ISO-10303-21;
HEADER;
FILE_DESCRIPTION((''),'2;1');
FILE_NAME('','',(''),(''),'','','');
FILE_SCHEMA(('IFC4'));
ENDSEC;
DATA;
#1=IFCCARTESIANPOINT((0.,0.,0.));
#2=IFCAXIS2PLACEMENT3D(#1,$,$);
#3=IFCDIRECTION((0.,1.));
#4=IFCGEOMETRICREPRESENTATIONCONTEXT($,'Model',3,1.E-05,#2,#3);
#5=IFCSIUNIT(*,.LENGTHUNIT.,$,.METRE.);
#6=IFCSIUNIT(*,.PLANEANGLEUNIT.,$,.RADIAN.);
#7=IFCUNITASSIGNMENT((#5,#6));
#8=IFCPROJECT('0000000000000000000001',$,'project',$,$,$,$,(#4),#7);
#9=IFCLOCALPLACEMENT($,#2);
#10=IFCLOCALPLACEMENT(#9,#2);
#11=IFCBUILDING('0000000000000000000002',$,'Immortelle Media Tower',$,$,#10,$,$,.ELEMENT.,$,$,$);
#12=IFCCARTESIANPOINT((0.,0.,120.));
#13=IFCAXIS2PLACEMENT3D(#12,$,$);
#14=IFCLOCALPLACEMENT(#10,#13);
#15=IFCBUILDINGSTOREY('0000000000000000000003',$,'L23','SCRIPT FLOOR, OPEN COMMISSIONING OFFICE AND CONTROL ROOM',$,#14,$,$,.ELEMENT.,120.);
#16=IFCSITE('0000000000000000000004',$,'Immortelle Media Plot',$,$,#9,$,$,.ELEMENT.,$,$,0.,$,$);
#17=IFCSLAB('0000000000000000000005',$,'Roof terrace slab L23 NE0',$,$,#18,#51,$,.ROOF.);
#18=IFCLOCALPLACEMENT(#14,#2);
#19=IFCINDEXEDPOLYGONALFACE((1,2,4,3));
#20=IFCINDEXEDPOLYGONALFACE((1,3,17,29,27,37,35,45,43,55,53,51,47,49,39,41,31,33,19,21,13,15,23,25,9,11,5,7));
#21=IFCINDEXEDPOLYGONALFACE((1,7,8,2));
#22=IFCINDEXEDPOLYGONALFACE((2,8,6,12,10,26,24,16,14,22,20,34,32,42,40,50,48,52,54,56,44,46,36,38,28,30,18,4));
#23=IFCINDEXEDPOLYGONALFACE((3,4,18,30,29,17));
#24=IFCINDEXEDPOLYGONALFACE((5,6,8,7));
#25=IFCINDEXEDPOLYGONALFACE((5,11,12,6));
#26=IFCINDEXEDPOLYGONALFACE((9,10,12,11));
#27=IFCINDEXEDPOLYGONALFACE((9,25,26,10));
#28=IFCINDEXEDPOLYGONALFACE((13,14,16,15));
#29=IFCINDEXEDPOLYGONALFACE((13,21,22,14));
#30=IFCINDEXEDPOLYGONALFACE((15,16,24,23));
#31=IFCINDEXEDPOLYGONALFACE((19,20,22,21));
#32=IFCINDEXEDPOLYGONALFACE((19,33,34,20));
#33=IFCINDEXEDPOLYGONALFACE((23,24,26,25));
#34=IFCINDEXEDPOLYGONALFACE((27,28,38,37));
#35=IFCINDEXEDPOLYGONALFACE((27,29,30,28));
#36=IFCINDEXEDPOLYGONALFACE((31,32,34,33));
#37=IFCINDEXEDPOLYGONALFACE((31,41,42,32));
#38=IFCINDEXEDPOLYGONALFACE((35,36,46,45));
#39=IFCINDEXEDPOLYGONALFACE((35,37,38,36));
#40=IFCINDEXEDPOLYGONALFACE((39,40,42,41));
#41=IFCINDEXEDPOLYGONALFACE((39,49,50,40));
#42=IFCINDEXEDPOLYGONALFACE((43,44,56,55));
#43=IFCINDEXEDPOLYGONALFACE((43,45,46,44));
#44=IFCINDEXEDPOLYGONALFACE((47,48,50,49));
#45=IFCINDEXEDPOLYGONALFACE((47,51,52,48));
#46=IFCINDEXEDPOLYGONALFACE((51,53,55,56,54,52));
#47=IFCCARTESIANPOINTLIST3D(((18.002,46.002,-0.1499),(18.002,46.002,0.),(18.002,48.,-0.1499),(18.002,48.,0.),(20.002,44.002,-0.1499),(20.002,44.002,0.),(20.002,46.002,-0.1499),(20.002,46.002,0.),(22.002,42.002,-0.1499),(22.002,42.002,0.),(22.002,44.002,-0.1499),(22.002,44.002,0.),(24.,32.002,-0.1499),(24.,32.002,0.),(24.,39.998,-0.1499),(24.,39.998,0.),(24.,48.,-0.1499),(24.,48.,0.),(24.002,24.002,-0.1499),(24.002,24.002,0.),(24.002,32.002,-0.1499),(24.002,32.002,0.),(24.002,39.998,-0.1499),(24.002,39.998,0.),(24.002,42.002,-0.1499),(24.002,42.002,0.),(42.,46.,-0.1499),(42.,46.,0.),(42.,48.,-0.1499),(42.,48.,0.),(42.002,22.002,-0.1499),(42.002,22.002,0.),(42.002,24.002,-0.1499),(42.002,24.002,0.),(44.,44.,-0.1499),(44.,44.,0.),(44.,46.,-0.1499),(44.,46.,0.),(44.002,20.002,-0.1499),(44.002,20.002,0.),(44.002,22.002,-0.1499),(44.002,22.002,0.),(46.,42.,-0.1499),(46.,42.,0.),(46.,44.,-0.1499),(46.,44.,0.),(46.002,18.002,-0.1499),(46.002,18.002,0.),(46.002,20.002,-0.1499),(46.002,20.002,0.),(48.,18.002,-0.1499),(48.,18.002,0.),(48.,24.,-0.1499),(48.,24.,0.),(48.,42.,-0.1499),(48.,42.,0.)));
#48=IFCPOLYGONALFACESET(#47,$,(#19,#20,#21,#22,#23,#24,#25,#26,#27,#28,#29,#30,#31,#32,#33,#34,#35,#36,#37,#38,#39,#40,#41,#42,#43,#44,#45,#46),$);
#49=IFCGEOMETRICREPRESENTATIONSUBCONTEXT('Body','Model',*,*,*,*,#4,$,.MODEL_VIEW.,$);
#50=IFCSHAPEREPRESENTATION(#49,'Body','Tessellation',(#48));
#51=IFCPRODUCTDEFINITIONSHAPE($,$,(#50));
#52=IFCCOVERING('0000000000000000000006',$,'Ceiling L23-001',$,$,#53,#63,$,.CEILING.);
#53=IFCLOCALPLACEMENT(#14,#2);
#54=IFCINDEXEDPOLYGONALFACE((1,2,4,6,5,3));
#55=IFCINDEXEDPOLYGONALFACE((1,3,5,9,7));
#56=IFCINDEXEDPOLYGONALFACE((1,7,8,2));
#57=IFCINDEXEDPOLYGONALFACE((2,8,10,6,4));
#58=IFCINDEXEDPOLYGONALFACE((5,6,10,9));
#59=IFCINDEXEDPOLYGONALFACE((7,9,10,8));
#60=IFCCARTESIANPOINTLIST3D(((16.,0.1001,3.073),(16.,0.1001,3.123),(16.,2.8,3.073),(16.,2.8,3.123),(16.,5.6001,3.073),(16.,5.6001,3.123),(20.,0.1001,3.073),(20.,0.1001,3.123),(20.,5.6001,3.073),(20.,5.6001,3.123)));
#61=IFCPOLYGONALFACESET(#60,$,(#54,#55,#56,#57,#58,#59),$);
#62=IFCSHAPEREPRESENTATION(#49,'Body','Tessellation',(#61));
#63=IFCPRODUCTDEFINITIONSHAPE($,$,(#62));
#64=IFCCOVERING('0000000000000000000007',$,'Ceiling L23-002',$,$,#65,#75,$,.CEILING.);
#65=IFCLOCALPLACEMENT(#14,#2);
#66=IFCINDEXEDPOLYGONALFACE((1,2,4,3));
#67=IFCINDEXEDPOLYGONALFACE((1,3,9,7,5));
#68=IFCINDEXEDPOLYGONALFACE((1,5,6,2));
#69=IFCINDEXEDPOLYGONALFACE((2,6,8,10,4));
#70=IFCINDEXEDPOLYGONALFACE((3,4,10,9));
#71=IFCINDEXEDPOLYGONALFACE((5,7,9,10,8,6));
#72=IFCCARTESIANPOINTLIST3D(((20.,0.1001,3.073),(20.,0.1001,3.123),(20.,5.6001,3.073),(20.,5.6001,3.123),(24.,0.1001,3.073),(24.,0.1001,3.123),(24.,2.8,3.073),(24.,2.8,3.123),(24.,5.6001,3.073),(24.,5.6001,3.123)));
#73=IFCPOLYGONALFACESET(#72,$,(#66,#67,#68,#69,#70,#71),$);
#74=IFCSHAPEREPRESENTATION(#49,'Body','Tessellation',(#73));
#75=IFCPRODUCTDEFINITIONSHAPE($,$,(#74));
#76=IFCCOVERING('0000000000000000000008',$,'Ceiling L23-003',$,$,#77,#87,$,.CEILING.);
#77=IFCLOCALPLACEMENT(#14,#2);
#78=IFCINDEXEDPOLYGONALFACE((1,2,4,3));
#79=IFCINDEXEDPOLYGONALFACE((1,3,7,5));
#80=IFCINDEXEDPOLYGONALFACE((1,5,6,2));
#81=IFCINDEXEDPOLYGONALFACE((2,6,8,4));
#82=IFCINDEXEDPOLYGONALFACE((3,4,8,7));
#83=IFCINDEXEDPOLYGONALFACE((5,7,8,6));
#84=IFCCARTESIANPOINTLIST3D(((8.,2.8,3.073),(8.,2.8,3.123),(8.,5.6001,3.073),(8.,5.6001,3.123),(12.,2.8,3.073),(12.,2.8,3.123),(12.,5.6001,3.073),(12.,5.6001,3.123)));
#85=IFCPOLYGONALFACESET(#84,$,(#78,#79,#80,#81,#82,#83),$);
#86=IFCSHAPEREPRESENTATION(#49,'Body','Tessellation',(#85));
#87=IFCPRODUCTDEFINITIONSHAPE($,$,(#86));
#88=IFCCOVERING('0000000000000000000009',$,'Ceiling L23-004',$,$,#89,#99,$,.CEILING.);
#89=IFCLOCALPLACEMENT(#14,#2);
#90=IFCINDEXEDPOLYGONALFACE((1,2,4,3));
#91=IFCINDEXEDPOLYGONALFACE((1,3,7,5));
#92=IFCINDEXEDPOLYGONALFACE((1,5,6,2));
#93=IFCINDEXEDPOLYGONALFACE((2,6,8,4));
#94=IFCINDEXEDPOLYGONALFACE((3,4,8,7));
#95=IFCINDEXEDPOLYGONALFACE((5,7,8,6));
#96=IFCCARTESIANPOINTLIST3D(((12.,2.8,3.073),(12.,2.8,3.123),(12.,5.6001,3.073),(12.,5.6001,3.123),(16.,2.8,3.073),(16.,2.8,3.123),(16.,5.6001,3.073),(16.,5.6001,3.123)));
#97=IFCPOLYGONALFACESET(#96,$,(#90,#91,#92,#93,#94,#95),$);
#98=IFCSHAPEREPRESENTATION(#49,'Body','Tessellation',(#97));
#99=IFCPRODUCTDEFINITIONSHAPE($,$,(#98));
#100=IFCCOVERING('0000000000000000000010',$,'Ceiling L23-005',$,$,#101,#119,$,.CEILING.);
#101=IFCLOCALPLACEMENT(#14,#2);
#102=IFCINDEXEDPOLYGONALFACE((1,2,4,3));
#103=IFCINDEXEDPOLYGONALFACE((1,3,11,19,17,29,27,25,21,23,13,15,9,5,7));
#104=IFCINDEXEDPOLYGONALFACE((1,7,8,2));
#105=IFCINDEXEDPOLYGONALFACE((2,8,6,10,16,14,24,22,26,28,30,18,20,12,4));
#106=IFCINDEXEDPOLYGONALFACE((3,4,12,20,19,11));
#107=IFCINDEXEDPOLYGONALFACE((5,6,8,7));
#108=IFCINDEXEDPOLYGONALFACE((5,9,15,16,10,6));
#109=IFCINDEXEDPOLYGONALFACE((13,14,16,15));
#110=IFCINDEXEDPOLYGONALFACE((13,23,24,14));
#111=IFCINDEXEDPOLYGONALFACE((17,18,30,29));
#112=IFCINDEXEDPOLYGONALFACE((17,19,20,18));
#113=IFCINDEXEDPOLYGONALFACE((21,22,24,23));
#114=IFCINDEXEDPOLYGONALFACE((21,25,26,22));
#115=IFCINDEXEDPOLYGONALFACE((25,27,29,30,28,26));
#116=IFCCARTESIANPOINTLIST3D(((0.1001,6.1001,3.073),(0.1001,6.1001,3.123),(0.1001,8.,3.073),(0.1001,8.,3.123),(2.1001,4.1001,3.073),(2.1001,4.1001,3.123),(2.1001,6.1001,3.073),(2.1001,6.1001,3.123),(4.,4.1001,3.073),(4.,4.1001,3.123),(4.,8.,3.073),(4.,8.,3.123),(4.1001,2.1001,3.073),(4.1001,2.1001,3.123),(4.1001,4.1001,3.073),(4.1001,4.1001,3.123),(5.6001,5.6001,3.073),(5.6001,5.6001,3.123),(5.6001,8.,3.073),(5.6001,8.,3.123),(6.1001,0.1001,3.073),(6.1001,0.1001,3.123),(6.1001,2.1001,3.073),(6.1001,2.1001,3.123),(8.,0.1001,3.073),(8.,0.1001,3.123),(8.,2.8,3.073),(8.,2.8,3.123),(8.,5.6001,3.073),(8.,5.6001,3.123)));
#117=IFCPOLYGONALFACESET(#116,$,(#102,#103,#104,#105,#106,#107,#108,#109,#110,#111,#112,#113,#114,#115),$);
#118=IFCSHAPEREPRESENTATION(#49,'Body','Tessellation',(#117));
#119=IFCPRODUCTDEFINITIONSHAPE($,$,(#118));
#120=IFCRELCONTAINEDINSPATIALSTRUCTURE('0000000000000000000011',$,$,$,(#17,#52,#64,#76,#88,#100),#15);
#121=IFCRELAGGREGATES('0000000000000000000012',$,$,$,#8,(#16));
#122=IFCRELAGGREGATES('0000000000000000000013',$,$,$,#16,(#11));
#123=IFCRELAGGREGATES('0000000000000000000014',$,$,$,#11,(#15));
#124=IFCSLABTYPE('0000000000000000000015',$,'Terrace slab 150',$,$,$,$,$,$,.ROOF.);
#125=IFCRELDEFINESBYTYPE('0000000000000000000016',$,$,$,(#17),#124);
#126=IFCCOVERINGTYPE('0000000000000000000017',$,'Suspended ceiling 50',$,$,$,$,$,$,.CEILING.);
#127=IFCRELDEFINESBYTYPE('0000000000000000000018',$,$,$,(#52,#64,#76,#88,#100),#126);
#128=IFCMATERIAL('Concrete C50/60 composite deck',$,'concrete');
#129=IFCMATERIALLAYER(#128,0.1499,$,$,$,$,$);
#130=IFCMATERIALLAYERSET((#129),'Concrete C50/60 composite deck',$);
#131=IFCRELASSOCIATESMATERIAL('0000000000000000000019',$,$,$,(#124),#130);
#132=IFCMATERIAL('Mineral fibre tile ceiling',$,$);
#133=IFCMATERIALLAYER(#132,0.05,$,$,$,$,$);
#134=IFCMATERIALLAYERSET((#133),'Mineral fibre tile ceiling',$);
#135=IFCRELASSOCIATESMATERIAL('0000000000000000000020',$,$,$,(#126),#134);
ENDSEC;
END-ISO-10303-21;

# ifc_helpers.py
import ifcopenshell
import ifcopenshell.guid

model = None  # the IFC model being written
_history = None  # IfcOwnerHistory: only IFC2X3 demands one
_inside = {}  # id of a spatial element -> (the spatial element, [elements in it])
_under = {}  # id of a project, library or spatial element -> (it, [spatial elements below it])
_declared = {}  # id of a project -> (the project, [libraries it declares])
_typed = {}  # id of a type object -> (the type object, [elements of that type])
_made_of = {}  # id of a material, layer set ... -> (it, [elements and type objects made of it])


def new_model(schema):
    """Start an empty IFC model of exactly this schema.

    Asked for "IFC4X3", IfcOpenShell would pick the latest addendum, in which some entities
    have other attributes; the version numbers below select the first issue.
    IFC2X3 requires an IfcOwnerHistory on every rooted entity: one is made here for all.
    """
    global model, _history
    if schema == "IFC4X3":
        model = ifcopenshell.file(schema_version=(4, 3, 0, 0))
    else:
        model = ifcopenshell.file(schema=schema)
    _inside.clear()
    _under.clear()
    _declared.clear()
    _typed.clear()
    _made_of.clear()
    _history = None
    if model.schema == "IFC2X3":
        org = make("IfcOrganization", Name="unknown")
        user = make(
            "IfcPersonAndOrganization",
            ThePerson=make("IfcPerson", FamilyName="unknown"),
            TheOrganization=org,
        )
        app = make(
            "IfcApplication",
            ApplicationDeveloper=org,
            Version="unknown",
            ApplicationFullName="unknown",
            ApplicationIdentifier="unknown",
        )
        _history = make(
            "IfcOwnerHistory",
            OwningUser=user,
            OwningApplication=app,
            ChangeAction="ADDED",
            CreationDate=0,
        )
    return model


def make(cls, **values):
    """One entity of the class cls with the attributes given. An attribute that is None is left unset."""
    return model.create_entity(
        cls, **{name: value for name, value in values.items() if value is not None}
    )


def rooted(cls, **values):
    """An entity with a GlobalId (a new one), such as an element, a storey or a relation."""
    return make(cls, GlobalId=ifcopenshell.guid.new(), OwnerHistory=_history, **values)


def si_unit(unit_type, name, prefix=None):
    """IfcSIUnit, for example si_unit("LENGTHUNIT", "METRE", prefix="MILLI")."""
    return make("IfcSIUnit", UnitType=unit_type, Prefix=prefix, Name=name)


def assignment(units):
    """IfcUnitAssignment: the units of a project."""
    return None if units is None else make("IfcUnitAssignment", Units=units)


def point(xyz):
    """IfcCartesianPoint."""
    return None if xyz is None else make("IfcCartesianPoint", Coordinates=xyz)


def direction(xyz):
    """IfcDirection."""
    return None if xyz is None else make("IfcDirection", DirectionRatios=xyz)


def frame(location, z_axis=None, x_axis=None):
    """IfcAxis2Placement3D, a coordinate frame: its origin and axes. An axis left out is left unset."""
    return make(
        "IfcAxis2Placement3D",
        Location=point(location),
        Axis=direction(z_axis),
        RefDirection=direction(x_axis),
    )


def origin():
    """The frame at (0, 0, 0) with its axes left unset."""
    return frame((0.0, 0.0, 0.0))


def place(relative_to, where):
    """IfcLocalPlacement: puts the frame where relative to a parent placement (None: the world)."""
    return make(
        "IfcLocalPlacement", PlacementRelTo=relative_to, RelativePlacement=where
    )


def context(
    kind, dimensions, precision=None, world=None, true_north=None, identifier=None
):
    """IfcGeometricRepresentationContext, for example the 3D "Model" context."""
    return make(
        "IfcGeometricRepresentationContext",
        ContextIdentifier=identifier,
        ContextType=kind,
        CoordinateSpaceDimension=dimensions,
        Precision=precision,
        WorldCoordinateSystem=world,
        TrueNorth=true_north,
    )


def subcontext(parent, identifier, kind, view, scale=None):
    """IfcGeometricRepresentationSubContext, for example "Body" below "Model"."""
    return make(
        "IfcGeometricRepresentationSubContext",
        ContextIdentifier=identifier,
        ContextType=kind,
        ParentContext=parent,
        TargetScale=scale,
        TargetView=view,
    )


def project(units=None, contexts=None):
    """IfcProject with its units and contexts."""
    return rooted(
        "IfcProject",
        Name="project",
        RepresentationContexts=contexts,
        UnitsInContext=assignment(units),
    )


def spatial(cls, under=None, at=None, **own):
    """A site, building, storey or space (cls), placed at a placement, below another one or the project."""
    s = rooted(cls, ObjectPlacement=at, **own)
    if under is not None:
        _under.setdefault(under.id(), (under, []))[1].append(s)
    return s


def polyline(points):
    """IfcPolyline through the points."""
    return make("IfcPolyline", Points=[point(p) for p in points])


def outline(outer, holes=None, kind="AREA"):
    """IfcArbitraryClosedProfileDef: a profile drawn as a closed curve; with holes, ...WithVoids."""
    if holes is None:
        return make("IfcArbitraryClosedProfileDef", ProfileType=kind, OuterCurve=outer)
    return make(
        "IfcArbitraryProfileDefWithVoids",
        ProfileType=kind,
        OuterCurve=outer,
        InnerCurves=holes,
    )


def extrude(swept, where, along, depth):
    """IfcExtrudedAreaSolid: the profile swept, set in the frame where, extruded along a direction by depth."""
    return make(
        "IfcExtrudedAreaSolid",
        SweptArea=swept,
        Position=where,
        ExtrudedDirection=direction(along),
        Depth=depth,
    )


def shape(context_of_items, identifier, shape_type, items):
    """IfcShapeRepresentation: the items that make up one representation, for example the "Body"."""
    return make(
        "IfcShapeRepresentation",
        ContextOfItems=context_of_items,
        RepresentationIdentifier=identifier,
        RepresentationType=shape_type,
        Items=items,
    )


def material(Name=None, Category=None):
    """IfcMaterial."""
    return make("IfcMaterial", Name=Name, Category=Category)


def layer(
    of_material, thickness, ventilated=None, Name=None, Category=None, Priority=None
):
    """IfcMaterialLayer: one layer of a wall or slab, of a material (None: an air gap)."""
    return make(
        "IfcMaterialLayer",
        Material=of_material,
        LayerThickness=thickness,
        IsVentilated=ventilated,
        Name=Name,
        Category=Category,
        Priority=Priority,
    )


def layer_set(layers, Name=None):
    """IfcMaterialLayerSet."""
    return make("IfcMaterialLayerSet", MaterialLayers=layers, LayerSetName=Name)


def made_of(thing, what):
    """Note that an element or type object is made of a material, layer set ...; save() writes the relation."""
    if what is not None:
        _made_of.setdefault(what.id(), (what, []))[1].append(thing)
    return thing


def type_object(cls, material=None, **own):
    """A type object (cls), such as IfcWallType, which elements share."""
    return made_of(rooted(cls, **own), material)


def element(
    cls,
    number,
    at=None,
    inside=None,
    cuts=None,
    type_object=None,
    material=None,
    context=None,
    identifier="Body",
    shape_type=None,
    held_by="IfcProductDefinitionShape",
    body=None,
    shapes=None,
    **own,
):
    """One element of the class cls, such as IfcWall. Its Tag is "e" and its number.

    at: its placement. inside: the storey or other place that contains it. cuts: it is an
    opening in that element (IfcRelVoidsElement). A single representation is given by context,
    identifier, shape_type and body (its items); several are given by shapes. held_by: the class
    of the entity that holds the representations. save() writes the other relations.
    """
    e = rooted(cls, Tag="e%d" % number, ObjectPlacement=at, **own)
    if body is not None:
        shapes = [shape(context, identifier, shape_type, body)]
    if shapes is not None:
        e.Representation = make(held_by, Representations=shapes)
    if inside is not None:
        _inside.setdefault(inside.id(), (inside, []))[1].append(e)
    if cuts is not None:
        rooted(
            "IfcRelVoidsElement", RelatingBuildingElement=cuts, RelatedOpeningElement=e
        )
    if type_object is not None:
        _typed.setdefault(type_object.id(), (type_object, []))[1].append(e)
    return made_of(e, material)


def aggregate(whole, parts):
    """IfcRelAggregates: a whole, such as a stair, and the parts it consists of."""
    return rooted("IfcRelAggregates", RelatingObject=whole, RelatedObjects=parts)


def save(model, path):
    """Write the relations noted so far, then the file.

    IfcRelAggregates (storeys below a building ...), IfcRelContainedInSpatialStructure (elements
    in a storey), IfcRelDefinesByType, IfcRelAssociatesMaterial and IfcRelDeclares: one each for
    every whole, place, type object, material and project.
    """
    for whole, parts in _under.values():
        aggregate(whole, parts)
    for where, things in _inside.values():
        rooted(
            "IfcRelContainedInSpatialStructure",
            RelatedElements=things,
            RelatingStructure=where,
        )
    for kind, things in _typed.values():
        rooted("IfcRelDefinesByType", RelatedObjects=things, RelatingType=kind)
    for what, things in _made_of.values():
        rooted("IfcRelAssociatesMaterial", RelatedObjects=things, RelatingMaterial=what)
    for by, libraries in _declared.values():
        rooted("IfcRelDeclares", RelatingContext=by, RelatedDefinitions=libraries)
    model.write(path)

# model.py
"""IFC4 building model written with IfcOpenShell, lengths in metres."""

from ifc_helpers import new_model, si_unit, direction, frame, origin, place, context, subcontext, project, spatial, polyline, outline, extrude, material, layer, layer_set, type_object, element, save


model = new_model("IFC4")

# Units and contexts
model_context = context("Model", 3, precision=1e-05, world=origin(), true_north=direction((0.0, 1.0)))
body_context = subcontext(model_context, "Body", "Model", "MODEL_VIEW")
ifc_project = project(units=[si_unit("LENGTHUNIT", "METRE"), si_unit("PLANEANGLEUNIT", "RADIAN")], contexts=[model_context])

# Site, building, storey
site_placement = place(None, origin())
site = spatial("IfcSite", under=ifc_project, at=site_placement, Name="Immortelle Media Plot", CompositionType="ELEMENT", RefElevation=0.0)
building_placement = place(site_placement, origin())
building = spatial("IfcBuilding", under=site, at=building_placement, Name="Immortelle Media Tower", CompositionType="ELEMENT")
storey_placement = place(building_placement, frame((0.0, 0.0, 120.0)))
storey = spatial("IfcBuildingStorey", under=building, at=storey_placement, Name="L23", Description="SCRIPT FLOOR, OPEN COMMISSIONING OFFICE AND CONTROL ROOM", CompositionType="ELEMENT", Elevation=120.0)

# Shared definitions
ifc_material_1 = material(Name="Concrete C50/60 composite deck", Category="concrete")

# Slab
ifc_layer_1 = layer(ifc_material_1, 0.1499)
ifc_layer_set_1 = layer_set([ifc_layer_1], Name="Concrete C50/60 composite deck")
slab_type_1 = type_object("IfcSlabType", Name="Terrace slab 150", PredefinedType="ROOF", material=ifc_layer_set_1)
slab_1_placement = place(storey_placement, frame((0.0, 0.0, -0.1499)))
element("IfcSlab", 1, at=slab_1_placement, inside=storey, type_object=slab_type_1, Name="Roof terrace slab L23 NE0", PredefinedType="ROOF", context=body_context, shape_type="SweptSolid", body=[
    extrude(outline(polyline([(42.0, 48.0), (42.0, 46.0), (44.0, 46.0), (44.0, 44.0), (46.0, 44.0), (46.0, 42.0), (48.0, 42.0), (48.0, 24.0), (48.0, 18.002), (46.002, 18.002), (46.002, 20.002), (44.002, 20.002), (44.002, 22.002), (42.002, 22.002), (42.002, 24.002), (24.002, 24.002), (24.002, 32.002), (24.0, 32.002), (24.0, 39.998), (24.002, 39.998), (24.002, 42.002), (22.002, 42.002), (22.002, 44.002), (20.002, 44.002), (20.002, 46.002), (18.002, 46.002), (18.002, 48.0), (24.0, 48.0), (42.0, 48.0)])), origin(), (0.0, 0.0, 1.0), 0.1499),
])

# Coverings
ifc_material_2 = material(Name="Mineral fibre tile ceiling")
ifc_layer_2 = layer(ifc_material_2, 0.05)
ifc_layer_set_2 = layer_set([ifc_layer_2], Name="Mineral fibre tile ceiling")
covering_type = type_object("IfcCoveringType", Name="Suspended ceiling 50", PredefinedType="CEILING", material=ifc_layer_set_2)
covering_1_placement = place(storey_placement, frame((0.0, 0.0, 3.073)))
element("IfcCovering", 2, at=covering_1_placement, inside=storey, type_object=covering_type, Name="Ceiling L23-001", PredefinedType="CEILING", context=body_context, shape_type="SweptSolid", body=[
    extrude(outline(polyline([(16.0, 2.8), (16.0, 5.6001), (20.0, 5.6001), (20.0, 0.1001), (16.0, 0.1001), (16.0, 2.8)])), origin(), (0.0, 0.0, 1.0), 0.05),
])
covering_2_placement = place(storey_placement, frame((0.0, 0.0, 3.073)))
element("IfcCovering", 3, at=covering_2_placement, inside=storey, type_object=covering_type, Name="Ceiling L23-002", PredefinedType="CEILING", context=body_context, shape_type="SweptSolid", body=[
    extrude(outline(polyline([(24.0, 5.6001), (24.0, 2.8), (24.0, 0.1001), (20.0, 0.1001), (20.0, 5.6001), (24.0, 5.6001)])), origin(), (0.0, 0.0, 1.0), 0.05),
])
covering_3_placement = place(storey_placement, frame((0.0, 0.0, 3.073)))
element("IfcCovering", 4, at=covering_3_placement, inside=storey, type_object=covering_type, Name="Ceiling L23-003", PredefinedType="CEILING", context=body_context, shape_type="SweptSolid", body=[
    extrude(outline(polyline([(8.0, 5.6001), (12.0, 5.6001), (12.0, 2.8), (8.0, 2.8), (8.0, 5.6001)])), origin(), (0.0, 0.0, 1.0), 0.05),
])
covering_4_placement = place(storey_placement, frame((0.0, 0.0, 3.073)))
element("IfcCovering", 5, at=covering_4_placement, inside=storey, type_object=covering_type, Name="Ceiling L23-004", PredefinedType="CEILING", context=body_context, shape_type="SweptSolid", body=[
    extrude(outline(polyline([(16.0, 5.6001), (16.0, 2.8), (12.0, 2.8), (12.0, 5.6001), (16.0, 5.6001)])), origin(), (0.0, 0.0, 1.0), 0.05),
])
covering_5_placement = place(storey_placement, frame((0.0, 0.0, 3.073)))
element("IfcCovering", 6, at=covering_5_placement, inside=storey, type_object=covering_type, Name="Ceiling L23-005", PredefinedType="CEILING", context=body_context, shape_type="SweptSolid", body=[
    extrude(outline(polyline([(4.1001, 2.1001), (4.1001, 4.1001), (4.0, 4.1001), (2.1001, 4.1001), (2.1001, 6.1001), (0.1001, 6.1001), (0.1001, 8.0), (4.0, 8.0), (5.6001, 8.0), (5.6001, 5.6001), (8.0, 5.6001), (8.0, 2.8), (8.0, 0.1001), (6.1001, 0.1001), (6.1001, 2.1001), (4.1001, 2.1001)])), origin(), (0.0, 0.0, 1.0), 0.05),
])

save(model, "model.ifc")
